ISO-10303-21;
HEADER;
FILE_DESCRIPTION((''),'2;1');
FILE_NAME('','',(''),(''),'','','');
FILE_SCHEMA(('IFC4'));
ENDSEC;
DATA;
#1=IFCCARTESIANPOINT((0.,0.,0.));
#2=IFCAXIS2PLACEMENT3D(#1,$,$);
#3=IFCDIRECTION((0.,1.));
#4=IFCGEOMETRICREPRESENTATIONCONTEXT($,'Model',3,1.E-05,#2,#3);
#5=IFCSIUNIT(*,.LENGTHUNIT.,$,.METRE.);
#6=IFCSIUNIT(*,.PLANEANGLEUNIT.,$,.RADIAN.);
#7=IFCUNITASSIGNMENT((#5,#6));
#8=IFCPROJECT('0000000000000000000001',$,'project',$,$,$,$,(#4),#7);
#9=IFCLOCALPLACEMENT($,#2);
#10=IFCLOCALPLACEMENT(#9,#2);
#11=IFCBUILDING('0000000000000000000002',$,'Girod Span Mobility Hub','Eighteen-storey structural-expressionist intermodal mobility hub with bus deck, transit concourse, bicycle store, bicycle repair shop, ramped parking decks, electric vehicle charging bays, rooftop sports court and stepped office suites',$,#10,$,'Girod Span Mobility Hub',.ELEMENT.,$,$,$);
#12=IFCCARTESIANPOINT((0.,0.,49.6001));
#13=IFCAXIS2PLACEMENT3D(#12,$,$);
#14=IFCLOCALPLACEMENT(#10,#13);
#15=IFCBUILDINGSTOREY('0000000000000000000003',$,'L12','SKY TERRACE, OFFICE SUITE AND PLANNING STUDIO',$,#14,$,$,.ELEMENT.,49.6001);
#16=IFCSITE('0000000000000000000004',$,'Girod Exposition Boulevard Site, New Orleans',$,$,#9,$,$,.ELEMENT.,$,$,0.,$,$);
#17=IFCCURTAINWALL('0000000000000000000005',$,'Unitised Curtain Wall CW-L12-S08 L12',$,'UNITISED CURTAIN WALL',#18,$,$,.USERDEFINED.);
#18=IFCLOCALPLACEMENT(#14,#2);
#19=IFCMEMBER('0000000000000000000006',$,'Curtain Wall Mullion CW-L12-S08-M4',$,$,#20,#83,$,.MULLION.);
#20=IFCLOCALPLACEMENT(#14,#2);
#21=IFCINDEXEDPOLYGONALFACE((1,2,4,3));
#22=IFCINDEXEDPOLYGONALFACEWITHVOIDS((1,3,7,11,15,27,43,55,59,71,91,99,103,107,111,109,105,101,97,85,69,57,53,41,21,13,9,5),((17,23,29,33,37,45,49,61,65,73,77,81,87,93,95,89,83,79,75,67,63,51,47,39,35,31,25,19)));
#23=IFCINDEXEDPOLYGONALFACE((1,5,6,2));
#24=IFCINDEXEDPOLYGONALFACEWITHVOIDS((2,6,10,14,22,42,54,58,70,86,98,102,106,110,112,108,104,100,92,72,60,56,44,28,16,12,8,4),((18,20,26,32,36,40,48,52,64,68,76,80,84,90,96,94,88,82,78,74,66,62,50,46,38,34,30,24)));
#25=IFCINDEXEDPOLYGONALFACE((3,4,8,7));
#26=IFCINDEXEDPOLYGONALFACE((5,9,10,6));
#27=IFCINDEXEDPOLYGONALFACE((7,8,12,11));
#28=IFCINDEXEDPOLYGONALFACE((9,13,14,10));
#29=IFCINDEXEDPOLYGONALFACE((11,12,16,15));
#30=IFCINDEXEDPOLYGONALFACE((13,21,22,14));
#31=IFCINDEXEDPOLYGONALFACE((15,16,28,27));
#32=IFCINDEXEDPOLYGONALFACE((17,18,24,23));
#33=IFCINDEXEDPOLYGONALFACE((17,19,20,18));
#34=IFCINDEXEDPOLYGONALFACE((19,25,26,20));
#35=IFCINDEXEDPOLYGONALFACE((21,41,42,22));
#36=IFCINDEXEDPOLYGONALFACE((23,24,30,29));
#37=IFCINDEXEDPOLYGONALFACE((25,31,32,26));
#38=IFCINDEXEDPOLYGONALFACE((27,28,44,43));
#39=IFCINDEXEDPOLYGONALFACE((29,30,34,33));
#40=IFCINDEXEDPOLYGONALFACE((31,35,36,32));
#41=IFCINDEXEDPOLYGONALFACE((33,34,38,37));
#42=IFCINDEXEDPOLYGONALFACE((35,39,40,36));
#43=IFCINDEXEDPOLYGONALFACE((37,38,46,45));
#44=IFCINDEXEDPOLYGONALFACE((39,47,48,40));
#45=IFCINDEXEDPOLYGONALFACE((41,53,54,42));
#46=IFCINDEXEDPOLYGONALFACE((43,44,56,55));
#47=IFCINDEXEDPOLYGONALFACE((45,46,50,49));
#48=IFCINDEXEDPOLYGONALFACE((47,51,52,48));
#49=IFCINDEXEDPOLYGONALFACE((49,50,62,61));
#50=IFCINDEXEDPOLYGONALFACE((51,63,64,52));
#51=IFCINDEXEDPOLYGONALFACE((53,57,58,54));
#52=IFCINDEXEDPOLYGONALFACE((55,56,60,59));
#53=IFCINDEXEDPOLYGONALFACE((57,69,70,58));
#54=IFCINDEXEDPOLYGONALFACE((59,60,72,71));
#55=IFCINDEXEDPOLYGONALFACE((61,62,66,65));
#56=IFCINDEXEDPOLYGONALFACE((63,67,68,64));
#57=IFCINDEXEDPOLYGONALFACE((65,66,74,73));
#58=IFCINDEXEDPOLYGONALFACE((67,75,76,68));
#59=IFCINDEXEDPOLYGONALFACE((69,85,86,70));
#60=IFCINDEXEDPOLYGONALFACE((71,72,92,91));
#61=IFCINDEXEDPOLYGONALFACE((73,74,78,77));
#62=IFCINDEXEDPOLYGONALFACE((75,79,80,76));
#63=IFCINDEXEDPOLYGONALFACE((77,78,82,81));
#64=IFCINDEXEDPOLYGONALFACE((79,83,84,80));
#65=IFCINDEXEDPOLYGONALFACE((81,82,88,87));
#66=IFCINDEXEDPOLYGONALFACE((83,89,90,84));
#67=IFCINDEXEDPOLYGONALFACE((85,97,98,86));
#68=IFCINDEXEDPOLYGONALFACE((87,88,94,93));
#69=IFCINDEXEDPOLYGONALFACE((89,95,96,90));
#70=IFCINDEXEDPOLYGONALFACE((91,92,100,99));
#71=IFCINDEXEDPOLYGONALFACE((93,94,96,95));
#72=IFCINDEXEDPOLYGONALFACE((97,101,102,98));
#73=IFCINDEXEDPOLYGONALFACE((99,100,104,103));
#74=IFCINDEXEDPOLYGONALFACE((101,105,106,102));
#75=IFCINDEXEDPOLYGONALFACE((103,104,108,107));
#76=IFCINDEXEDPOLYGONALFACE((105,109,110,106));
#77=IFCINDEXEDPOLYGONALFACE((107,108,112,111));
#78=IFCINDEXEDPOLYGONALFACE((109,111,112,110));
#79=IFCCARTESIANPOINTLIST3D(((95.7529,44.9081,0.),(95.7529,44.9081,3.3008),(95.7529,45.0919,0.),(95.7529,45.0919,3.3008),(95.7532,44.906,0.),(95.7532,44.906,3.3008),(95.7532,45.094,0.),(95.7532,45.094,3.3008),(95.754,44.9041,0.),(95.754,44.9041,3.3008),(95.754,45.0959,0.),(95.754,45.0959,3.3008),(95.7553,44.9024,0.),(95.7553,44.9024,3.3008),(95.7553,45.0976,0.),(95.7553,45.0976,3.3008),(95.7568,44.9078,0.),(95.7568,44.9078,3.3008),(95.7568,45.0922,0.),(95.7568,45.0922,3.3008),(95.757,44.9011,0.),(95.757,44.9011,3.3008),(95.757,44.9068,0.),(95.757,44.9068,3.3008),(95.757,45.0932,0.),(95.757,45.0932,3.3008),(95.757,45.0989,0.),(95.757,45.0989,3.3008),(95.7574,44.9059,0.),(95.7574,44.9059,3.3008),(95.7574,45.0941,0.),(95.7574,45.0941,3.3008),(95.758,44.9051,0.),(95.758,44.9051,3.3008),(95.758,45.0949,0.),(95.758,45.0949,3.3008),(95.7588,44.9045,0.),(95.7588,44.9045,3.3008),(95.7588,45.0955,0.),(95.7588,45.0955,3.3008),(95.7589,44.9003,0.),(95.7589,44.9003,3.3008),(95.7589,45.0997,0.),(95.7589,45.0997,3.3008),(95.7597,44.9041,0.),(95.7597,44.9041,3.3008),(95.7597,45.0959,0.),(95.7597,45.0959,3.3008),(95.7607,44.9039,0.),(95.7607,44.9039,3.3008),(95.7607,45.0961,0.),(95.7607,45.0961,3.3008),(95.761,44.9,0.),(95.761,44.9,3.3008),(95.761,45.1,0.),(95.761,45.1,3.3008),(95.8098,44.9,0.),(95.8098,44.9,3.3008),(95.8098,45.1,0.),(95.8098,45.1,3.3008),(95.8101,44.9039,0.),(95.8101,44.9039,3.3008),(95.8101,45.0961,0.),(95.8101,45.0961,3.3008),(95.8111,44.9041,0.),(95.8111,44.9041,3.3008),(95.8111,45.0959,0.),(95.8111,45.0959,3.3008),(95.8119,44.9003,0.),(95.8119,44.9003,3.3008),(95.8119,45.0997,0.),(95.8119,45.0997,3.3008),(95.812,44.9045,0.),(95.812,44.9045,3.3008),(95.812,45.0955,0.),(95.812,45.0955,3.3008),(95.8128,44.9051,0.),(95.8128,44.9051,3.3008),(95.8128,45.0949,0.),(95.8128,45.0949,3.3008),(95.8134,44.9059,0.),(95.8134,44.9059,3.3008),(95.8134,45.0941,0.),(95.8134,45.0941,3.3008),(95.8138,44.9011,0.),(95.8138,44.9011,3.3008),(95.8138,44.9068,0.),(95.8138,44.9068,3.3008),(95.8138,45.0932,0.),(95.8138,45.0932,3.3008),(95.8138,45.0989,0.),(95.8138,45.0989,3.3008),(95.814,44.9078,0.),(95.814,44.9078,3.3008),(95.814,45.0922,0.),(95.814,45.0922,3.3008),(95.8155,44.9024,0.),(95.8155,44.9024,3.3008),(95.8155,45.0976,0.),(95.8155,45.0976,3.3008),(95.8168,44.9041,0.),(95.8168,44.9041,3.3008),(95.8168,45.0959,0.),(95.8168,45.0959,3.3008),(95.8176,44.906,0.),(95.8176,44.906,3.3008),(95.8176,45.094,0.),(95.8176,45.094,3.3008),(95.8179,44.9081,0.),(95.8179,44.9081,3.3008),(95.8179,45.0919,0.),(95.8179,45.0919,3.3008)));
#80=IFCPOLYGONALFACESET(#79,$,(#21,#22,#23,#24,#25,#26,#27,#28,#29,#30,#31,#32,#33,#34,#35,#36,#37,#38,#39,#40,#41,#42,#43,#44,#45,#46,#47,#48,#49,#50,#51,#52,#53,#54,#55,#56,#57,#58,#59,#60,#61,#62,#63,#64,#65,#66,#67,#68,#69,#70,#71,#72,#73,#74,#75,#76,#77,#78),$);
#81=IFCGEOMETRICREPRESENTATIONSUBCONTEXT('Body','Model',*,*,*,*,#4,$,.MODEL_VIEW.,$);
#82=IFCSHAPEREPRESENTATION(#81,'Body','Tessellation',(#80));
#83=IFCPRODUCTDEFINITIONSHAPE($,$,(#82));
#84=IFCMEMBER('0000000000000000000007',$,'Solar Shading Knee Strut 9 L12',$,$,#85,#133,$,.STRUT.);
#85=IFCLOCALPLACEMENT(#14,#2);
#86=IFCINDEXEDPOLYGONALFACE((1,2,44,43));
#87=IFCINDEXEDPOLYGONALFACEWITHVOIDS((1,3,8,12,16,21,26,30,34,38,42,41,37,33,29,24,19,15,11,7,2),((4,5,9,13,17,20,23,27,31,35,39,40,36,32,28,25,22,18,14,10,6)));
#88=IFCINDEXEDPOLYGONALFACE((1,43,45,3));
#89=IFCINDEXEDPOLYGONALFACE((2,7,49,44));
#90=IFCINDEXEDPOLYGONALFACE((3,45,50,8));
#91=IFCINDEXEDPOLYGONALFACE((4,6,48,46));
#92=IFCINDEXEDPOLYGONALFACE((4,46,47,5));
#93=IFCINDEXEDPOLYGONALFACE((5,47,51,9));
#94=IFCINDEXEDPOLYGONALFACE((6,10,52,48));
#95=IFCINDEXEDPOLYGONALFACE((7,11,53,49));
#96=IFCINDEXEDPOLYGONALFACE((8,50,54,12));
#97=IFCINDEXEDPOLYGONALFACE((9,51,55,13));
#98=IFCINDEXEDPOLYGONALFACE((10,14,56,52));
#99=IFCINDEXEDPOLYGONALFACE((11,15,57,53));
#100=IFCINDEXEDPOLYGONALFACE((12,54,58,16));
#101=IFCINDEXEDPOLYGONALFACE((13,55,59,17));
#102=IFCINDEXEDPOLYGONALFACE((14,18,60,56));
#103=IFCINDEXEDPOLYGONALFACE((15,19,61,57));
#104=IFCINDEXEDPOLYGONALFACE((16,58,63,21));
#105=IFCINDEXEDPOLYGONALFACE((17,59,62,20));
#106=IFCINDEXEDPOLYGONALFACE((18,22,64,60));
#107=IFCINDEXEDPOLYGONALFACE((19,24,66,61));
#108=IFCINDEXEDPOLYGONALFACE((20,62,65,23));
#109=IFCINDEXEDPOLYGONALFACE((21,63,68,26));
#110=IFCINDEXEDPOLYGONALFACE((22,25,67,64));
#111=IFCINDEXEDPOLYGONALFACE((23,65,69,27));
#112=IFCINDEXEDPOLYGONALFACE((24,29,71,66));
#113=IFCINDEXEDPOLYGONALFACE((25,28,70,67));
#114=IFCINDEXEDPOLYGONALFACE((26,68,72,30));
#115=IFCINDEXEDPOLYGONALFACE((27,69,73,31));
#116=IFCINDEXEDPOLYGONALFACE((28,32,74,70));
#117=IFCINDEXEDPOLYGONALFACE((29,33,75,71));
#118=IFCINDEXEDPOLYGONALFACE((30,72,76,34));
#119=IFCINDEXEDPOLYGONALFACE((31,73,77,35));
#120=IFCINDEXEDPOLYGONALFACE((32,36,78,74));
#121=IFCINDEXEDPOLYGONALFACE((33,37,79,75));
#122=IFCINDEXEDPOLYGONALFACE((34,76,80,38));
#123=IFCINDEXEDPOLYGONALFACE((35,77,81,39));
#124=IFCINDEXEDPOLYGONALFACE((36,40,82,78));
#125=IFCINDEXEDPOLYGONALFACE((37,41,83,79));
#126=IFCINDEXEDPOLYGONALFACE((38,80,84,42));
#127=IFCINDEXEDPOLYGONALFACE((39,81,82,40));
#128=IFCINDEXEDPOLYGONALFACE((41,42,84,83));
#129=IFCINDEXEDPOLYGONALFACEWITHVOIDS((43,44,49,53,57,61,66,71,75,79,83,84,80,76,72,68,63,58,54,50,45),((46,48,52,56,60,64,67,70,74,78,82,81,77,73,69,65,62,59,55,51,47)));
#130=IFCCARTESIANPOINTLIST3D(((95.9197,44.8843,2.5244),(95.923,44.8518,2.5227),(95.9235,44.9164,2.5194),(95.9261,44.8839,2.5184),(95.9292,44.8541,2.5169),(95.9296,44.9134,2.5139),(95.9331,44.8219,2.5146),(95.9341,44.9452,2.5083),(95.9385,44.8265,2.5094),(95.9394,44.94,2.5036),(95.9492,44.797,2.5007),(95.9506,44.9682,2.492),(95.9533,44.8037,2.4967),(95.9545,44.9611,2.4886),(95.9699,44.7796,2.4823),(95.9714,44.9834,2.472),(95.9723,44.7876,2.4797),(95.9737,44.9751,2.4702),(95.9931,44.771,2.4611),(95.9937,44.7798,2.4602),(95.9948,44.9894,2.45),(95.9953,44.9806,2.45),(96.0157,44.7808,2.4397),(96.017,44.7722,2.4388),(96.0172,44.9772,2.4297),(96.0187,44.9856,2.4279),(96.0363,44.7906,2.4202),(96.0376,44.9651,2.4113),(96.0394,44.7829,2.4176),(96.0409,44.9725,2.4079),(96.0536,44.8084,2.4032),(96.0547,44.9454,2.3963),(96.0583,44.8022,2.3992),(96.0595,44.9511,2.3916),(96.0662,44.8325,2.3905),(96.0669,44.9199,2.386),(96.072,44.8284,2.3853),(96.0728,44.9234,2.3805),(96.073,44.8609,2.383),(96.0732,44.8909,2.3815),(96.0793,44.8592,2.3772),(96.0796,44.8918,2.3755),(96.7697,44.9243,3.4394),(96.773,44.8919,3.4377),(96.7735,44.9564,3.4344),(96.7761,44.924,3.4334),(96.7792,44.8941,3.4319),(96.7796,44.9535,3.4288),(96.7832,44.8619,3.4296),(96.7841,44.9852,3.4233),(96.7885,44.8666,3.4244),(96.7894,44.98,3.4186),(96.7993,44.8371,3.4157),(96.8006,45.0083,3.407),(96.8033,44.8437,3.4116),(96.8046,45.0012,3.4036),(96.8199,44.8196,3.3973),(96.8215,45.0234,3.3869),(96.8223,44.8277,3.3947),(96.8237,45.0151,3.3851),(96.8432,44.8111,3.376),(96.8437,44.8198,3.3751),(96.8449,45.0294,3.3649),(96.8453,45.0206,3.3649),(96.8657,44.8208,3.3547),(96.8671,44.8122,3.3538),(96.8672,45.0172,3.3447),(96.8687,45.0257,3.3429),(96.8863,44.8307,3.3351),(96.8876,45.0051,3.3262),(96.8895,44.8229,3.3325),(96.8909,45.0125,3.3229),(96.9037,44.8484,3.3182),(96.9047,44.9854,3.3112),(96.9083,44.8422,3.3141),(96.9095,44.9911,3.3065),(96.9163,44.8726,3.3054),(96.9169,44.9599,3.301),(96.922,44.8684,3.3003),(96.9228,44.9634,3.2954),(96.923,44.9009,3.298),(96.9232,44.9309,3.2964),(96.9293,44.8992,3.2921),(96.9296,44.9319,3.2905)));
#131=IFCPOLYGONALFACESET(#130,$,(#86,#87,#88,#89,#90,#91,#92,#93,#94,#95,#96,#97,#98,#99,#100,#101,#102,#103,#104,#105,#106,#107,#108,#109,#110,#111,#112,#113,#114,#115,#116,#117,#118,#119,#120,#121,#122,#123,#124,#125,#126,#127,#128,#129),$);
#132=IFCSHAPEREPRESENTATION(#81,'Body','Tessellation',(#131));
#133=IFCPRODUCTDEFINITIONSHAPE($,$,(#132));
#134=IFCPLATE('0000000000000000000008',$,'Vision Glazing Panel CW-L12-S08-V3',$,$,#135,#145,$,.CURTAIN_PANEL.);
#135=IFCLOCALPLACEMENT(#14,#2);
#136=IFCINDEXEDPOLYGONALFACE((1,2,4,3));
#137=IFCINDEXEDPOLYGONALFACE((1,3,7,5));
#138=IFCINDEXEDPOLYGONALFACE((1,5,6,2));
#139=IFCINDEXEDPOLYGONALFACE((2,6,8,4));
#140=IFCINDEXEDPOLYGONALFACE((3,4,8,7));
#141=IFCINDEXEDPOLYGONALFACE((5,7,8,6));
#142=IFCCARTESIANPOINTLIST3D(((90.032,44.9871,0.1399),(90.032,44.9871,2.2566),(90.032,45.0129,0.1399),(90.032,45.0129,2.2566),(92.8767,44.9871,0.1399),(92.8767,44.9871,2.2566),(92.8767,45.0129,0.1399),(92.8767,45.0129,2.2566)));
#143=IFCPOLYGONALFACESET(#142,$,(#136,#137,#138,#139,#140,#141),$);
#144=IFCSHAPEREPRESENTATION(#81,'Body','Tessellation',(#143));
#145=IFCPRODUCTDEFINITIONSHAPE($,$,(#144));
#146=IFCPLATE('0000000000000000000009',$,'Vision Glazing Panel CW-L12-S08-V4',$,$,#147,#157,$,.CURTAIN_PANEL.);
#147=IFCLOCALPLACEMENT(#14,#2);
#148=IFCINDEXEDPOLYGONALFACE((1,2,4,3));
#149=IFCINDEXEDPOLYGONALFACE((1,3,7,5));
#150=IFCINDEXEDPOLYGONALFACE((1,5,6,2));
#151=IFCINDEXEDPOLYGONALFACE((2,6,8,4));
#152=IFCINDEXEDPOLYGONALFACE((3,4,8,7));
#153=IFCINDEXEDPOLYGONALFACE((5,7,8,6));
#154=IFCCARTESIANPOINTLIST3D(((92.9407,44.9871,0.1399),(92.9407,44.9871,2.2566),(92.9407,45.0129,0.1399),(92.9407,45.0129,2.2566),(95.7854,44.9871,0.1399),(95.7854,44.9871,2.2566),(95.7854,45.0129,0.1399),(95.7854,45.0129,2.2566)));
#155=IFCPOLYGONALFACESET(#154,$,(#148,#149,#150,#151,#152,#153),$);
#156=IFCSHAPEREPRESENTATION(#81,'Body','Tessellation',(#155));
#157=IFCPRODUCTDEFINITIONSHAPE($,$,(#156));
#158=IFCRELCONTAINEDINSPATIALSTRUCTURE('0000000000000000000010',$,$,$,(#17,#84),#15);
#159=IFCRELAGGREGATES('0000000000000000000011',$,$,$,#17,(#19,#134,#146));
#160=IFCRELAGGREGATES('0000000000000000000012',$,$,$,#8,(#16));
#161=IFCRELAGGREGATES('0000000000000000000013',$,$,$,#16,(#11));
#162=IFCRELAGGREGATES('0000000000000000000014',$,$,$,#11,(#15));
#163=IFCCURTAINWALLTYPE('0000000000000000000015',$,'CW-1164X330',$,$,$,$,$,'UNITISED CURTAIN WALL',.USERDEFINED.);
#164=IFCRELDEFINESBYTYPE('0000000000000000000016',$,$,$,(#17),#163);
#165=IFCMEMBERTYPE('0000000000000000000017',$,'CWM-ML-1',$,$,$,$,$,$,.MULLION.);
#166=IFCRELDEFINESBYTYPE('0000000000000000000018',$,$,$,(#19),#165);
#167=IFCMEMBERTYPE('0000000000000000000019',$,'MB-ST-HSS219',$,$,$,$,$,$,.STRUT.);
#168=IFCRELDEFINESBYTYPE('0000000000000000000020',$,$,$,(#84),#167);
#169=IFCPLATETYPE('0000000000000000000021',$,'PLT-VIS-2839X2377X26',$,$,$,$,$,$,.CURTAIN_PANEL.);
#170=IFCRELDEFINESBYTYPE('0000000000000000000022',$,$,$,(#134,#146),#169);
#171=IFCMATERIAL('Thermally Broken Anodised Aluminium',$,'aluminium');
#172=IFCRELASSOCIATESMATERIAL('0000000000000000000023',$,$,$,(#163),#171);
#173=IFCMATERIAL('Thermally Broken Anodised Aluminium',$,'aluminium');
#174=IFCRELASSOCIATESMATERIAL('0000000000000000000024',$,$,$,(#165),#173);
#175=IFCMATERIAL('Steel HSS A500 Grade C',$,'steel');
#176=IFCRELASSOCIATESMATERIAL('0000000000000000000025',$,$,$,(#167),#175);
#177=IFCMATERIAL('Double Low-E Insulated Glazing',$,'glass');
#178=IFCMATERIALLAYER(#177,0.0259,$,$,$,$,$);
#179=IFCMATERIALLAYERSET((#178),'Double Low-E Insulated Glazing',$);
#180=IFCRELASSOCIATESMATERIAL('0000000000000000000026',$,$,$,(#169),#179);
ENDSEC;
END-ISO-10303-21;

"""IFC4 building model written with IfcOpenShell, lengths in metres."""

from ifc_helpers import new_model, si_unit, direction, frame, origin, origin_2d, place, context, subcontext, project, spatial, rectangle, hollow_rectangle, hollow_circle, extrude, material, layer, layer_set, material_profile, profile_set, type_object, element, aggregate, save


model = new_model("IFC4")

# Units and contexts
model_context = context("Model", 3, precision=1e-05, world=origin(), true_north=direction((0.0, 1.0)))
body_context = subcontext(model_context, "Body", "Model", "MODEL_VIEW")
ifc_project = project(units=[si_unit("LENGTHUNIT", "METRE"), si_unit("PLANEANGLEUNIT", "RADIAN")], contexts=[model_context])

# Site, building, storey
site_placement = place(None, origin())
site = spatial("IfcSite", under=ifc_project, at=site_placement, Name="Girod Exposition Boulevard Site, New Orleans", CompositionType="ELEMENT", RefElevation=0.0)
building_placement = place(site_placement, origin())
building = spatial("IfcBuilding", under=site, at=building_placement, Name="Girod Span Mobility Hub", Description="Eighteen-storey structural-expressionist intermodal mobility hub with bus deck, transit concourse, bicycle store, bicycle repair shop, ramped parking decks, electric vehicle charging bays, rooftop sports court and stepped office suites", LongName="Girod Span Mobility Hub", CompositionType="ELEMENT")
storey_placement = place(building_placement, frame((0.0, 0.0, 49.6001)))
storey = spatial("IfcBuildingStorey", under=building, at=storey_placement, Name="L12", Description="SKY TERRACE, OFFICE SUITE AND PLANNING STUDIO", CompositionType="ELEMENT", Elevation=49.6001)

# Curtain wall, member
ifc_material_1 = material(Name="Thermally Broken Anodised Aluminium", Category="aluminium")
curtain_wall_type = type_object("IfcCurtainWallType", Name="CW-1164X330", ElementType="UNITISED CURTAIN WALL", PredefinedType="USERDEFINED", material=ifc_material_1)
curtain_wall_placement = place(storey_placement, origin())
curtain_wall = element("IfcCurtainWall", 1, at=curtain_wall_placement, inside=storey, type_object=curtain_wall_type, Name="Unitised Curtain Wall CW-L12-S08 L12", ObjectType="UNITISED CURTAIN WALL", PredefinedType="USERDEFINED")
ifc_material_2 = material(Name="Thermally Broken Anodised Aluminium", Category="aluminium")
ifc_material_profile_1 = material_profile(ifc_material_2, hollow_rectangle(XDim=0.2, YDim=0.0649, WallThickness=0.0039, InnerFilletRadius=0.0039, OuterFilletRadius=0.0081, at=origin_2d()), Name="CW-ML-65X200")
ifc_profile_set_1 = profile_set([ifc_material_profile_1], Name="Thermally Broken Anodised Aluminium")
member_type_1 = type_object("IfcMemberType", Name="CWM-ML-1", PredefinedType="MULLION", material=ifc_profile_set_1)
member_1_placement = place(storey_placement, frame((95.7854, 45.0, 0.0), z_axis=(0.0, 0.0, 1.0), x_axis=(0.0, 1.0, 0.0)))
member_1 = element("IfcMember", 2, at=member_1_placement, type_object=member_type_1, Name="Curtain Wall Mullion CW-L12-S08-M4", PredefinedType="MULLION", context=body_context, shape_type="SweptSolid", body=[
    extrude(hollow_rectangle(XDim=0.2, YDim=0.0649, WallThickness=0.0039, InnerFilletRadius=0.0039, OuterFilletRadius=0.0081, at=origin_2d()), origin(), (0.0, 0.0, 1.0), 3.3008),
])

# Member
ifc_material_3 = material(Name="Steel HSS A500 Grade C", Category="steel")
ifc_material_profile_2 = material_profile(ifc_material_3, hollow_circle(Radius=0.1096, WallThickness=0.0088, at=origin_2d()), Name="HSS219X9.5")
ifc_profile_set_2 = profile_set([ifc_material_profile_2], Name="Steel HSS A500 Grade C")
member_type_2 = type_object("IfcMemberType", Name="MB-ST-HSS219", PredefinedType="STRUT", material=ifc_profile_set_2)
member_2_placement = place(storey_placement, frame((96.0, 44.8799, 2.45), z_axis=(0.680282, 0.032041, 0.73225), x_axis=(-0.047047, 0.998893, 0.0)))
element("IfcMember", 3, at=member_2_placement, inside=storey, type_object=member_type_2, Name="Solar Shading Knee Strut 9 L12", PredefinedType="STRUT", context=body_context, shape_type="SweptSolid", body=[
    extrude(hollow_circle(Radius=0.1096, WallThickness=0.0088, at=origin_2d()), origin(), (0.0, 0.0, 1.0), 1.2495),
])

# Plates
ifc_material_4 = material(Name="Double Low-E Insulated Glazing", Category="glass")
ifc_layer_1 = layer(ifc_material_4, 0.0259)
ifc_layer_set_1 = layer_set([ifc_layer_1], Name="Double Low-E Insulated Glazing")
plate_type = type_object("IfcPlateType", Name="PLT-VIS-2839X2377X26", PredefinedType="CURTAIN_PANEL", material=ifc_layer_set_1)
plate_1_placement = place(storey_placement, frame((91.4543, 45.0, 0.1399), z_axis=(0.0, 0.0, 1.0), x_axis=(1.0, 0.0, 0.0)))
plate_1 = element("IfcPlate", 4, at=plate_1_placement, type_object=plate_type, Name="Vision Glazing Panel CW-L12-S08-V3", PredefinedType="CURTAIN_PANEL", context=body_context, shape_type="SweptSolid", body=[
    extrude(rectangle(XDim=2.8447, YDim=0.0259, at=origin_2d()), origin(), (0.0, 0.0, 1.0), 2.1167),
])
plate_2_placement = place(storey_placement, frame((94.363, 45.0, 0.1399), z_axis=(0.0, 0.0, 1.0), x_axis=(1.0, 0.0, 0.0)))
plate_2 = element("IfcPlate", 5, at=plate_2_placement, type_object=plate_type, Name="Vision Glazing Panel CW-L12-S08-V4", PredefinedType="CURTAIN_PANEL", context=body_context, shape_type="SweptSolid", body=[
    extrude(rectangle(XDim=2.8447, YDim=0.0259, at=origin_2d()), origin(), (0.0, 0.0, 1.0), 2.1167),
])
aggregate(curtain_wall, [member_1, plate_1, plate_2])

save(model, "model.ifc")
